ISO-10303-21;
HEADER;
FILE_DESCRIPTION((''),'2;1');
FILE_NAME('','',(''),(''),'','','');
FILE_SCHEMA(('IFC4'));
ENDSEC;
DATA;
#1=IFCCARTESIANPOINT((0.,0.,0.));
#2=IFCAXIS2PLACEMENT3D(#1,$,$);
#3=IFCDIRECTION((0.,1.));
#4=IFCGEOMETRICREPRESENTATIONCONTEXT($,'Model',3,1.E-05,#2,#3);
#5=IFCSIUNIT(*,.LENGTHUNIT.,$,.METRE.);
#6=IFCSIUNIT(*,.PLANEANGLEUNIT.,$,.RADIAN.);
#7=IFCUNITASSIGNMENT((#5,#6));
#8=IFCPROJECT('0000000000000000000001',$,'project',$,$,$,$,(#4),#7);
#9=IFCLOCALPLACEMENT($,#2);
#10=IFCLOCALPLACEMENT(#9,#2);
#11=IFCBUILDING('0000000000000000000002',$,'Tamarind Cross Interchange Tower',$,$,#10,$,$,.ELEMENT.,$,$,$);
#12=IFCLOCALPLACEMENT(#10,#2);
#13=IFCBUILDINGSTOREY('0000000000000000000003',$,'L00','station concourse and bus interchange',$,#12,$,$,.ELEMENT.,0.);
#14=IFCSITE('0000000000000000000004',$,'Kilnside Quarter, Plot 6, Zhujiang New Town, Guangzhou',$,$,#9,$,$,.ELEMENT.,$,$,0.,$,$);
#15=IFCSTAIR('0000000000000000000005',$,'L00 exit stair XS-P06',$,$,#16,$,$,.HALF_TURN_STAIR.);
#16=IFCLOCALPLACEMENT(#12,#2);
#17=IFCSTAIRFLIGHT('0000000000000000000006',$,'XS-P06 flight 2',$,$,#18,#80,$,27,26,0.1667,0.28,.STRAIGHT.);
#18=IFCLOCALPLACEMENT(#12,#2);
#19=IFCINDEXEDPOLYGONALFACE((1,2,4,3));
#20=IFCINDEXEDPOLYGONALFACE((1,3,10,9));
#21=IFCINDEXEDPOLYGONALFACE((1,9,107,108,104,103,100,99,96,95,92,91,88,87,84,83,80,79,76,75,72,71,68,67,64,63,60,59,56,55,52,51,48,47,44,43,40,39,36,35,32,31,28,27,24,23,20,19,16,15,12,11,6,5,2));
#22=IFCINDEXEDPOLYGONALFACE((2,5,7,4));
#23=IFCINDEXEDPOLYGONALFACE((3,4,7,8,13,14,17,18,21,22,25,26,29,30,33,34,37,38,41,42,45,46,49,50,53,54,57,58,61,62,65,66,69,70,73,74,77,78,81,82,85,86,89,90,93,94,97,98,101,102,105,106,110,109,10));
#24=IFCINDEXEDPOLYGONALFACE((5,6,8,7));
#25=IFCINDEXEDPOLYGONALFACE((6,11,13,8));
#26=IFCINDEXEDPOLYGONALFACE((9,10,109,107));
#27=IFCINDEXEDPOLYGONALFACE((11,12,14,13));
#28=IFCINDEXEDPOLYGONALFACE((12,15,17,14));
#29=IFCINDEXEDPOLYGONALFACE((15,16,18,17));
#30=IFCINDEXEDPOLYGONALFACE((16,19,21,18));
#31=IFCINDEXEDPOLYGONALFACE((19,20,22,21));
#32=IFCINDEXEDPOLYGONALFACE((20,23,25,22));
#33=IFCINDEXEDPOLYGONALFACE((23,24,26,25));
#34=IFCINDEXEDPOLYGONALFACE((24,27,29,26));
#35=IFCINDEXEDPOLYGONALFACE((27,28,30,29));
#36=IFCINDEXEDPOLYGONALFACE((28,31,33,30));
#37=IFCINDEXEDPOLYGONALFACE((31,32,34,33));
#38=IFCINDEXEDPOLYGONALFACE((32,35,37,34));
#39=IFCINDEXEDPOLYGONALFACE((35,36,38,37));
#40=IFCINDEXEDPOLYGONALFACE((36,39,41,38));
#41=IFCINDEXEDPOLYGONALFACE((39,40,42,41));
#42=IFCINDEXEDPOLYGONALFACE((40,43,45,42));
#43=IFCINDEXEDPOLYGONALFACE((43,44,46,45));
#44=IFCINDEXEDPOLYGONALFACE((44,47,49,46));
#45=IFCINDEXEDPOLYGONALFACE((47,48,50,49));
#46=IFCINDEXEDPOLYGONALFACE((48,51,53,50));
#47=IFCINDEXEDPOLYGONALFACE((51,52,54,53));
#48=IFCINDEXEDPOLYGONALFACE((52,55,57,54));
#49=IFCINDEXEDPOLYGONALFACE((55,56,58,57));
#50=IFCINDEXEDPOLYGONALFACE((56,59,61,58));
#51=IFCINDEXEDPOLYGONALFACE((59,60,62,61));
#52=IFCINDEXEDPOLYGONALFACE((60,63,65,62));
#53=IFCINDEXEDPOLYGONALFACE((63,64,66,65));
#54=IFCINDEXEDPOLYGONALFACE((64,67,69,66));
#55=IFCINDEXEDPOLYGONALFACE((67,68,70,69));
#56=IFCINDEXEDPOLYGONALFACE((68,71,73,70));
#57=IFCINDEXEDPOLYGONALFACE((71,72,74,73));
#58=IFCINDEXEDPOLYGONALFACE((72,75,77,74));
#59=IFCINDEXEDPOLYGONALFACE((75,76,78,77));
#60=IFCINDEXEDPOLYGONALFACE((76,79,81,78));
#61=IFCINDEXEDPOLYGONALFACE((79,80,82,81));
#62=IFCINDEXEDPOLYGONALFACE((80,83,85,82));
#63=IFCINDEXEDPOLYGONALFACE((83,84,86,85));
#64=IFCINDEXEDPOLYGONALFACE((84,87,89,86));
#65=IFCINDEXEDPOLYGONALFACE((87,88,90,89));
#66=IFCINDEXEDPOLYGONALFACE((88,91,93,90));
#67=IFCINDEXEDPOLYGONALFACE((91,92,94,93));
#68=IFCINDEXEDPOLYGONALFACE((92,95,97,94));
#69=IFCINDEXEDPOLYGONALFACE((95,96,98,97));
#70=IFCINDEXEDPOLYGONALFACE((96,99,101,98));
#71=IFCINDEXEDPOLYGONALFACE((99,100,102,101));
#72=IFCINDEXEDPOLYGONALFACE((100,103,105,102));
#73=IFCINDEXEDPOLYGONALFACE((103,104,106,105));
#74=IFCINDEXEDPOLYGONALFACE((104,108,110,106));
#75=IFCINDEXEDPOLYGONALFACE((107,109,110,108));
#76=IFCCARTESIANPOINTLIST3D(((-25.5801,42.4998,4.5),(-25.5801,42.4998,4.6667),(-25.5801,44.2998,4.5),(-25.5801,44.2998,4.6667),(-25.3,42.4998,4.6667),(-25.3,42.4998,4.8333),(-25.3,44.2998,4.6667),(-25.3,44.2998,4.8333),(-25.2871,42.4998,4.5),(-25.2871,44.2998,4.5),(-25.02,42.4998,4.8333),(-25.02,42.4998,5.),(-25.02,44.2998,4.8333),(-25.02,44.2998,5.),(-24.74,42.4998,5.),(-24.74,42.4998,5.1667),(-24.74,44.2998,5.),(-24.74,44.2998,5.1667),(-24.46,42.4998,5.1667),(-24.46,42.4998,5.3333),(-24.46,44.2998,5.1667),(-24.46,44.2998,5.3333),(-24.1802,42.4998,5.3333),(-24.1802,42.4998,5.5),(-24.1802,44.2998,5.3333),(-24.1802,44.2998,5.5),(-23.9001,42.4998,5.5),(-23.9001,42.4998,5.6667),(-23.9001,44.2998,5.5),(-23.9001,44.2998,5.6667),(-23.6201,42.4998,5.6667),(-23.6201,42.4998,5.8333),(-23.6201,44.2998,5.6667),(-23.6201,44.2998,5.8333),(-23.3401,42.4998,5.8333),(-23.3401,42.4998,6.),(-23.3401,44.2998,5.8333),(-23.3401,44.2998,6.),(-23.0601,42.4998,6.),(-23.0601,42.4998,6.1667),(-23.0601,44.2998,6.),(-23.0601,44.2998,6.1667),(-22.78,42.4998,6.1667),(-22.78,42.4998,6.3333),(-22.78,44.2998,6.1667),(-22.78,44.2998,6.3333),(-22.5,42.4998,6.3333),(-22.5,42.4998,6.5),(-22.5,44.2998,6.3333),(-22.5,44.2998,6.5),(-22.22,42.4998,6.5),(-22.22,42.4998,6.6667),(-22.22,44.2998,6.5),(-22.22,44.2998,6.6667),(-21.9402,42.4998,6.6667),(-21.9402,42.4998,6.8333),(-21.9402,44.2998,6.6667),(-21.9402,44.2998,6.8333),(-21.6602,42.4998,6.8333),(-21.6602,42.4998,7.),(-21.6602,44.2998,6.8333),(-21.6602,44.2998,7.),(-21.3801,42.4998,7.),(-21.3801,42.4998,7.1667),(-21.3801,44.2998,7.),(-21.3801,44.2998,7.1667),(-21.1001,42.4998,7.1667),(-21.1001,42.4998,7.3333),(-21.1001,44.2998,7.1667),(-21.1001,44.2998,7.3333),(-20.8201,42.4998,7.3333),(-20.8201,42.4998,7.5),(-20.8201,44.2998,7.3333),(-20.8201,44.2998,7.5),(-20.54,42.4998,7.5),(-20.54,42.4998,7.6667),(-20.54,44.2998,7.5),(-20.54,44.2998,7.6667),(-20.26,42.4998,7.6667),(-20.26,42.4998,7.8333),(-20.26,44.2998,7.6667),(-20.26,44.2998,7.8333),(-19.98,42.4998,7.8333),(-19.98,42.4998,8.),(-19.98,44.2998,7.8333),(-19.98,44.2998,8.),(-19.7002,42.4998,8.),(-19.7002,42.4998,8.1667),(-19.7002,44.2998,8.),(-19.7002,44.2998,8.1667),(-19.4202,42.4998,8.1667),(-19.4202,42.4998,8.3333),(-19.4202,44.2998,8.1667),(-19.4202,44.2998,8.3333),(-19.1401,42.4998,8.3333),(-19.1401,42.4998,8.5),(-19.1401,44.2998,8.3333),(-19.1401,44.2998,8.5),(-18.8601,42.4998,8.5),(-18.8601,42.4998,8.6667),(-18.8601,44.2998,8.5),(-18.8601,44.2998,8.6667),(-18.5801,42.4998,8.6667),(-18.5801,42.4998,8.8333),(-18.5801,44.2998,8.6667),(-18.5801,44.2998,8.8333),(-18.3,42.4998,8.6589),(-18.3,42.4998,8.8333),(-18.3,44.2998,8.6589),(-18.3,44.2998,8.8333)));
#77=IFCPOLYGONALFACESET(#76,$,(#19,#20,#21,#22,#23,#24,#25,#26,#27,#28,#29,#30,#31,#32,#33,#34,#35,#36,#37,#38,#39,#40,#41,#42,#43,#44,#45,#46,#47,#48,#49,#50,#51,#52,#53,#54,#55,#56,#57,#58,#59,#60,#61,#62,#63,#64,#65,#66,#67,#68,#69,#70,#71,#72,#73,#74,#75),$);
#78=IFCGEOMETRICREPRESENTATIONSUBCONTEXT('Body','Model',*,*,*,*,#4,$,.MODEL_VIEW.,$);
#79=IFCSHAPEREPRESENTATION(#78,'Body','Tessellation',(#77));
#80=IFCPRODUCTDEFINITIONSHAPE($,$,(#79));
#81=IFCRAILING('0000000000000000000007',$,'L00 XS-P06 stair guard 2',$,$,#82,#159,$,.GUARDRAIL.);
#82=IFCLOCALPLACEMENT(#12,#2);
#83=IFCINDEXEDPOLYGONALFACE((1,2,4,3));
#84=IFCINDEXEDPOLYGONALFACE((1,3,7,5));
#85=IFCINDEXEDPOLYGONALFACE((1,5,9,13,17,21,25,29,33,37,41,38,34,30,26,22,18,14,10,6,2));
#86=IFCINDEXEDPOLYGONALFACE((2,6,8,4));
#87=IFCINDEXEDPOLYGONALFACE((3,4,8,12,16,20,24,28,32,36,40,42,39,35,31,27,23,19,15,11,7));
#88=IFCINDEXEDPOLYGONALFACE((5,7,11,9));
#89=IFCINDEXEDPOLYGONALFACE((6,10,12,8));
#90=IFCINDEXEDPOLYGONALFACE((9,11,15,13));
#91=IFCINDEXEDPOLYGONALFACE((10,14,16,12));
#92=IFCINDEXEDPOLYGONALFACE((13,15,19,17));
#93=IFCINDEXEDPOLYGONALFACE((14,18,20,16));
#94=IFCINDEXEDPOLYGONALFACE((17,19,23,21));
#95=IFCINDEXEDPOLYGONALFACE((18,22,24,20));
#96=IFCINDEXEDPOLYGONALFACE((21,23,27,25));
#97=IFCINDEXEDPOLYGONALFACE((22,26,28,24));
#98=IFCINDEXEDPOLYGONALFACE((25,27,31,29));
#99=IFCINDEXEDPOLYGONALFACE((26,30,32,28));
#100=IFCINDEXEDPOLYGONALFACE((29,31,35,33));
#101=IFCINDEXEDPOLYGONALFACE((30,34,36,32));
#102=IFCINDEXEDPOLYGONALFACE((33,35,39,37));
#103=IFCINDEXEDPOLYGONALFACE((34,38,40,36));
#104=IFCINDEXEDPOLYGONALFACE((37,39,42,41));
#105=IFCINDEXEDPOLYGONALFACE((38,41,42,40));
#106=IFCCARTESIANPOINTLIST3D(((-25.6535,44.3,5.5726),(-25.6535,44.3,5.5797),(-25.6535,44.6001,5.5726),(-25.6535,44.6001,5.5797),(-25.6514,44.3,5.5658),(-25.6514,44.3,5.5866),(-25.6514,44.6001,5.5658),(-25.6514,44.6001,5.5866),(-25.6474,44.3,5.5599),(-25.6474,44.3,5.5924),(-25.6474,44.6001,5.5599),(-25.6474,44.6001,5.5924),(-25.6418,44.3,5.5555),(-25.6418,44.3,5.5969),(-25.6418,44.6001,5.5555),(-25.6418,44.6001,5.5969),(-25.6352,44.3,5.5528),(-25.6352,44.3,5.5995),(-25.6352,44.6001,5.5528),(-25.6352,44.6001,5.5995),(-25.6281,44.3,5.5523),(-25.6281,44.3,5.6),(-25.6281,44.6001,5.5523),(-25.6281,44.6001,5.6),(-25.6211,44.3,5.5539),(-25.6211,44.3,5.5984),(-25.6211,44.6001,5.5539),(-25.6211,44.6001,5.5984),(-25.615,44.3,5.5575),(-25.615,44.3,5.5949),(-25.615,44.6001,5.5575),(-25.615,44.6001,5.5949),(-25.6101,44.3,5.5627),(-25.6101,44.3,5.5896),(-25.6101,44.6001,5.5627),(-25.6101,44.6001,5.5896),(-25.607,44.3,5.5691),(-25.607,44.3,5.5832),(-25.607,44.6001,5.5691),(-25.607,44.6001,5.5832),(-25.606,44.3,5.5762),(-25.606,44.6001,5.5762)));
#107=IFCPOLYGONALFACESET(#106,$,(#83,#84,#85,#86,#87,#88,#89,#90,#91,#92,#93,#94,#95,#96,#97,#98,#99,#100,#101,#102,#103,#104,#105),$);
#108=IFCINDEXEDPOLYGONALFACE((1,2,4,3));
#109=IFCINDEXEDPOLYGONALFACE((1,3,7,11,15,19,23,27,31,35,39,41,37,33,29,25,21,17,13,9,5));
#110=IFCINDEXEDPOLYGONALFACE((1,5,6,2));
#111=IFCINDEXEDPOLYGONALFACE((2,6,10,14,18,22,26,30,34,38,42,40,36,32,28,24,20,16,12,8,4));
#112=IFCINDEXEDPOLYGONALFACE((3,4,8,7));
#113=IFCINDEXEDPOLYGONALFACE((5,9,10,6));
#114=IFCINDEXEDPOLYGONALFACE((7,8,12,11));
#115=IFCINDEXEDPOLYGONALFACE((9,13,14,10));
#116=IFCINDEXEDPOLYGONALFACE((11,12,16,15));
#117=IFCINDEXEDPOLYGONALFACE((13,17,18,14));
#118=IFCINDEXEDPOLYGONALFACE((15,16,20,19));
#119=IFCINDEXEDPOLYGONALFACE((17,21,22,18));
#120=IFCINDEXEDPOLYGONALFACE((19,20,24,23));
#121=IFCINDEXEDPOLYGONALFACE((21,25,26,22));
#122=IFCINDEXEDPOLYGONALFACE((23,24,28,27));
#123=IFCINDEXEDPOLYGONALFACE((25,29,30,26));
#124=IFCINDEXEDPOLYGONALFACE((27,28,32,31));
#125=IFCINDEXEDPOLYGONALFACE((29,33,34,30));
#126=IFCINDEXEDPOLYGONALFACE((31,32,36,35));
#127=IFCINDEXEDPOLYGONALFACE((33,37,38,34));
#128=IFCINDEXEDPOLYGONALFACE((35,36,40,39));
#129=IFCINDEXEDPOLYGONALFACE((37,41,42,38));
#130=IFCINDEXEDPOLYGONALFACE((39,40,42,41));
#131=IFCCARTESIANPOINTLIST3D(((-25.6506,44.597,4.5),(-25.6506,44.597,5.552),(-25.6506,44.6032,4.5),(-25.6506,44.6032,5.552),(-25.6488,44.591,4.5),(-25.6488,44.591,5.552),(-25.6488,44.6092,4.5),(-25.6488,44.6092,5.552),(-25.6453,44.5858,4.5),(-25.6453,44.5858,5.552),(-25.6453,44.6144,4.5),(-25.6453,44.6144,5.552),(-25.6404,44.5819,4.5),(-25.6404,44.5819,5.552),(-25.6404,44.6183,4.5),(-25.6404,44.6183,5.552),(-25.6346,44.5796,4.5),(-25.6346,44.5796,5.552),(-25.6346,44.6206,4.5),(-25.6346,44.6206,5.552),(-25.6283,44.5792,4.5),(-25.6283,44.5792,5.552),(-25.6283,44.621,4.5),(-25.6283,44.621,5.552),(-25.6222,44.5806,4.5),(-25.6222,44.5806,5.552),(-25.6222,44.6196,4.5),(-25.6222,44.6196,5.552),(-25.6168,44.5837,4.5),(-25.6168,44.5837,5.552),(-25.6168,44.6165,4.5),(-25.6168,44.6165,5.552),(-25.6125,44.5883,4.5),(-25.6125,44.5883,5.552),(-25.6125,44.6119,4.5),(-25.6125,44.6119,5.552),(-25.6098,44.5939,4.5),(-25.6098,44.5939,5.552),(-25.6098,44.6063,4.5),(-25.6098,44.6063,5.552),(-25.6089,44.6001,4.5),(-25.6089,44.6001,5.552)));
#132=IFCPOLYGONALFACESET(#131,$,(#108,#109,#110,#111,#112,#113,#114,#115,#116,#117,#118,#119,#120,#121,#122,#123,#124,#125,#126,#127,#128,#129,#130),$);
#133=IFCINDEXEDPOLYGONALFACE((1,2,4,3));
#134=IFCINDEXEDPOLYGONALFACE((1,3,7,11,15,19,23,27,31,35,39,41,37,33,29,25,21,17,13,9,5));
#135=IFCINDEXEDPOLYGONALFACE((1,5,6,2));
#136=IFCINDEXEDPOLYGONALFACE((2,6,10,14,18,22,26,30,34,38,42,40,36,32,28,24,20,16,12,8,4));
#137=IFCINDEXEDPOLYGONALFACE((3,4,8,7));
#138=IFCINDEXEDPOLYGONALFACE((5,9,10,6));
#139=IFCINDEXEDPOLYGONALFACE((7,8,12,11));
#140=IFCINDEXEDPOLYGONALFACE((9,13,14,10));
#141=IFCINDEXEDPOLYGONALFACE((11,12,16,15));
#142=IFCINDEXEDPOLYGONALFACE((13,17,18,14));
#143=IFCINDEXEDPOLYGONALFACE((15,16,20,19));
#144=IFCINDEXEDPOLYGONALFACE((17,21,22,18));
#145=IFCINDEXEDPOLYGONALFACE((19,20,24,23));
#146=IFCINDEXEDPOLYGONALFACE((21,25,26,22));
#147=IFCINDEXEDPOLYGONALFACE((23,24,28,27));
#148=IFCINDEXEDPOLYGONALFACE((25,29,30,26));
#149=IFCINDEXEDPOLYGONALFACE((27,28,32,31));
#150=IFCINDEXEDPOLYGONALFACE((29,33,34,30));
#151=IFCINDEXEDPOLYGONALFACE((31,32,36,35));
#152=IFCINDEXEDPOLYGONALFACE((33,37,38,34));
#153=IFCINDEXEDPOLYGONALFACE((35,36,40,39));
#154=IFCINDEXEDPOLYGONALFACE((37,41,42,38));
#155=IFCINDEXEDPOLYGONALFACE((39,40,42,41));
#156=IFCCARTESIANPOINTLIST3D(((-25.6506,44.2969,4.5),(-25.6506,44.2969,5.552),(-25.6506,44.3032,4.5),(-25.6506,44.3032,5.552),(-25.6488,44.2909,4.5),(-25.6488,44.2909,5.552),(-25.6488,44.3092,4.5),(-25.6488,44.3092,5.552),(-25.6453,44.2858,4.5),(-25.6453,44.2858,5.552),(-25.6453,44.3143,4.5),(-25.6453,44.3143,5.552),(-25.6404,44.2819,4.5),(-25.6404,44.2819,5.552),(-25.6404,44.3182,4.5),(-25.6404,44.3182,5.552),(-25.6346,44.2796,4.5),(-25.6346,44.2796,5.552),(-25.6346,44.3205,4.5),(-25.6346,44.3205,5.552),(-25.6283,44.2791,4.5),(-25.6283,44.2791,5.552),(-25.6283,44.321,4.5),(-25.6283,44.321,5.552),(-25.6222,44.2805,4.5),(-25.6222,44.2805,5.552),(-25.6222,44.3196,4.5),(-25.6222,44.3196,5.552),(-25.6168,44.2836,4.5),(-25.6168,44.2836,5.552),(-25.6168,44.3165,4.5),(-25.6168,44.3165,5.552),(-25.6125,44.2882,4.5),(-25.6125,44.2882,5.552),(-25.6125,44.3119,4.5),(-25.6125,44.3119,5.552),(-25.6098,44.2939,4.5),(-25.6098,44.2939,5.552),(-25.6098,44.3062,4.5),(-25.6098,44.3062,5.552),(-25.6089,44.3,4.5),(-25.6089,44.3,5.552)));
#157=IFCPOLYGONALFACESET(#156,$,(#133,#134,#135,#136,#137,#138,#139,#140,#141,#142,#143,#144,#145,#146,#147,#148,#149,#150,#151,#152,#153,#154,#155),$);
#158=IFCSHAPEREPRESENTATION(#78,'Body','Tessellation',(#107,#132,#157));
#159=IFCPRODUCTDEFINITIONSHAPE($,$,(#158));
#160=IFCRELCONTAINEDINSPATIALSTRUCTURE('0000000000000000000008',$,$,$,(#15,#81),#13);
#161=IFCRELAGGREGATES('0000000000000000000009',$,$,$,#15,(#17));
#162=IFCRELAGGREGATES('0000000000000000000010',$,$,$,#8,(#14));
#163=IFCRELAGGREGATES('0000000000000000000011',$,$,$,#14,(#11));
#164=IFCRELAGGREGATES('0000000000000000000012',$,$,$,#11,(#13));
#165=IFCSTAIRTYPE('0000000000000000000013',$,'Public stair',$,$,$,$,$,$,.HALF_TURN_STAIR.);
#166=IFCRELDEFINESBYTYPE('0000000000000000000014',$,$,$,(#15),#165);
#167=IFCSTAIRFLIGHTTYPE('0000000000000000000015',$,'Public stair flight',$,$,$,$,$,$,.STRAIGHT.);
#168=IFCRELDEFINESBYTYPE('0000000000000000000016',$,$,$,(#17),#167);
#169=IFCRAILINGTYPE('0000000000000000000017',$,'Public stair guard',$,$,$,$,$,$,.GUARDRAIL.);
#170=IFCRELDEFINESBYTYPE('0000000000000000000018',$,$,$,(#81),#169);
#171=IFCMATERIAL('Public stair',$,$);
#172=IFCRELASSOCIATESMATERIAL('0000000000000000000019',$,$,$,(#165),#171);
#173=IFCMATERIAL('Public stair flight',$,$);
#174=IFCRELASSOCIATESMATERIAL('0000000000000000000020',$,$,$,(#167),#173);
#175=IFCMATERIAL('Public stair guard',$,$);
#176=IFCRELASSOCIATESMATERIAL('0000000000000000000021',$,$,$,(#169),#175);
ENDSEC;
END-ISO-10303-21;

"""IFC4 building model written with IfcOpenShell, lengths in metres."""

from ifc_helpers import new_model, si_unit, direction, frame, origin, origin_2d, place, context, subcontext, project, spatial, polyline, circle, outline, extrude, material, type_object, element, aggregate, save


model = new_model("IFC4")

# Units and contexts
model_context = context("Model", 3, precision=1e-05, world=origin(), true_north=direction((0.0, 1.0)))
body_context = subcontext(model_context, "Body", "Model", "MODEL_VIEW")
ifc_project = project(units=[si_unit("LENGTHUNIT", "METRE"), si_unit("PLANEANGLEUNIT", "RADIAN")], contexts=[model_context])

# Site, building, storey
site_placement = place(None, origin())
site = spatial("IfcSite", under=ifc_project, at=site_placement, Name="Kilnside Quarter, Plot 6, Zhujiang New Town, Guangzhou", CompositionType="ELEMENT", RefElevation=0.0)
building_placement = place(site_placement, origin())
building = spatial("IfcBuilding", under=site, at=building_placement, Name="Tamarind Cross Interchange Tower", CompositionType="ELEMENT")
storey_placement = place(building_placement, origin())
storey = spatial("IfcBuildingStorey", under=building, at=storey_placement, Name="L00", Description="station concourse and bus interchange", CompositionType="ELEMENT", Elevation=0.0)

# Stair, stair flight
ifc_material_1 = material(Name="Public stair")
stair_type = type_object("IfcStairType", Name="Public stair", PredefinedType="HALF_TURN_STAIR", material=ifc_material_1)
stair_placement = place(storey_placement, origin())
stair = element("IfcStair", 1, at=stair_placement, inside=storey, type_object=stair_type, Name="L00 exit stair XS-P06", PredefinedType="HALF_TURN_STAIR")
ifc_material_2 = material(Name="Public stair flight")
stair_flight_type = type_object("IfcStairFlightType", Name="Public stair flight", PredefinedType="STRAIGHT", material=ifc_material_2)
stair_flight_1_placement = place(storey_placement, frame((-25.5801, 43.3999, 4.5), z_axis=(0.0, 0.0, 1.0), x_axis=(1.0, 0.0, 0.0)))
stair_flight_1 = element("IfcStairFlight", 2, at=stair_flight_1_placement, type_object=stair_flight_type, Name="XS-P06 flight 2", NumberOfRisers=27, NumberOfTreads=26, PredefinedType="STRAIGHT", RiserHeight=0.1667, TreadLength=0.28, context=body_context, shape_type="SweptSolid", body=[
    extrude(outline(polyline([(0.0, 0.0), (0.0, 0.1667), (0.28, 0.1667), (0.28, 0.3333), (0.5601, 0.3333), (0.5601, 0.5), (0.8401, 0.5), (0.8401, 0.6667), (1.1201, 0.6667), (1.1201, 0.8333), (1.3999, 0.8333), (1.3999, 1.0), (1.6799, 1.0), (1.6799, 1.1667), (1.96, 1.1667), (1.96, 1.3333), (2.24, 1.3333), (2.24, 1.5), (2.52, 1.5), (2.52, 1.6667), (2.8, 1.6667), (2.8, 1.8333), (3.0801, 1.8333), (3.0801, 2.0), (3.3601, 2.0), (3.3601, 2.1667), (3.6399, 2.1667), (3.6399, 2.3333), (3.9199, 2.3333), (3.9199, 2.5), (4.2, 2.5), (4.2, 2.6667), (4.48, 2.6667), (4.48, 2.8333), (4.76, 2.8333), (4.76, 3.0), (5.04, 3.0), (5.04, 3.1667), (5.3201, 3.1667), (5.3201, 3.3333), (5.6001, 3.3333), (5.6001, 3.5), (5.8799, 3.5), (5.8799, 3.6667), (6.1599, 3.6667), (6.1599, 3.8333), (6.4399, 3.8333), (6.4399, 4.0), (6.72, 4.0), (6.72, 4.1667), (7.0, 4.1667), (7.0, 4.3333), (7.28, 4.3333), (7.28, 4.5), (7.28, 4.1589), (0.293, 0.0), (0.0, 0.0)])), frame((0.0, 0.8999, 0.0), z_axis=(0.0, -1.0, 0.0), x_axis=(1.0, 0.0, 0.0)), (0.0, 0.0, 1.0), 1.8),
])
aggregate(stair, [stair_flight_1])

# Railing
ifc_material_3 = material(Name="Public stair guard")
railing_type_1 = type_object("IfcRailingType", Name="Public stair guard", PredefinedType="GUARDRAIL", material=ifc_material_3)
railing_1_placement = place(storey_placement, frame((-25.6299, 44.6001, 4.5)))
element("IfcRailing", 3, at=railing_1_placement, inside=storey, type_object=railing_type_1, Name="L00 XS-P06 stair guard 2", PredefinedType="GUARDRAIL", context=body_context, shape_type="SweptSolid", body=[
    extrude(circle(Radius=0.0239, at=origin_2d()), frame((0.0, 0.0, 1.0762), z_axis=(0.0, -1.0, 0.0), x_axis=(1.0, 0.0, 0.0)), (0.0, 0.0, 1.0), 0.3),
    extrude(circle(Radius=0.021, at=origin_2d()), origin(), (0.0, 0.0, 1.0), 1.052),
    extrude(circle(Radius=0.021, at=origin_2d()), frame((0.0, -0.3, 0.0)), (0.0, 0.0, 1.0), 1.052),
])

save(model, "model.ifc")
